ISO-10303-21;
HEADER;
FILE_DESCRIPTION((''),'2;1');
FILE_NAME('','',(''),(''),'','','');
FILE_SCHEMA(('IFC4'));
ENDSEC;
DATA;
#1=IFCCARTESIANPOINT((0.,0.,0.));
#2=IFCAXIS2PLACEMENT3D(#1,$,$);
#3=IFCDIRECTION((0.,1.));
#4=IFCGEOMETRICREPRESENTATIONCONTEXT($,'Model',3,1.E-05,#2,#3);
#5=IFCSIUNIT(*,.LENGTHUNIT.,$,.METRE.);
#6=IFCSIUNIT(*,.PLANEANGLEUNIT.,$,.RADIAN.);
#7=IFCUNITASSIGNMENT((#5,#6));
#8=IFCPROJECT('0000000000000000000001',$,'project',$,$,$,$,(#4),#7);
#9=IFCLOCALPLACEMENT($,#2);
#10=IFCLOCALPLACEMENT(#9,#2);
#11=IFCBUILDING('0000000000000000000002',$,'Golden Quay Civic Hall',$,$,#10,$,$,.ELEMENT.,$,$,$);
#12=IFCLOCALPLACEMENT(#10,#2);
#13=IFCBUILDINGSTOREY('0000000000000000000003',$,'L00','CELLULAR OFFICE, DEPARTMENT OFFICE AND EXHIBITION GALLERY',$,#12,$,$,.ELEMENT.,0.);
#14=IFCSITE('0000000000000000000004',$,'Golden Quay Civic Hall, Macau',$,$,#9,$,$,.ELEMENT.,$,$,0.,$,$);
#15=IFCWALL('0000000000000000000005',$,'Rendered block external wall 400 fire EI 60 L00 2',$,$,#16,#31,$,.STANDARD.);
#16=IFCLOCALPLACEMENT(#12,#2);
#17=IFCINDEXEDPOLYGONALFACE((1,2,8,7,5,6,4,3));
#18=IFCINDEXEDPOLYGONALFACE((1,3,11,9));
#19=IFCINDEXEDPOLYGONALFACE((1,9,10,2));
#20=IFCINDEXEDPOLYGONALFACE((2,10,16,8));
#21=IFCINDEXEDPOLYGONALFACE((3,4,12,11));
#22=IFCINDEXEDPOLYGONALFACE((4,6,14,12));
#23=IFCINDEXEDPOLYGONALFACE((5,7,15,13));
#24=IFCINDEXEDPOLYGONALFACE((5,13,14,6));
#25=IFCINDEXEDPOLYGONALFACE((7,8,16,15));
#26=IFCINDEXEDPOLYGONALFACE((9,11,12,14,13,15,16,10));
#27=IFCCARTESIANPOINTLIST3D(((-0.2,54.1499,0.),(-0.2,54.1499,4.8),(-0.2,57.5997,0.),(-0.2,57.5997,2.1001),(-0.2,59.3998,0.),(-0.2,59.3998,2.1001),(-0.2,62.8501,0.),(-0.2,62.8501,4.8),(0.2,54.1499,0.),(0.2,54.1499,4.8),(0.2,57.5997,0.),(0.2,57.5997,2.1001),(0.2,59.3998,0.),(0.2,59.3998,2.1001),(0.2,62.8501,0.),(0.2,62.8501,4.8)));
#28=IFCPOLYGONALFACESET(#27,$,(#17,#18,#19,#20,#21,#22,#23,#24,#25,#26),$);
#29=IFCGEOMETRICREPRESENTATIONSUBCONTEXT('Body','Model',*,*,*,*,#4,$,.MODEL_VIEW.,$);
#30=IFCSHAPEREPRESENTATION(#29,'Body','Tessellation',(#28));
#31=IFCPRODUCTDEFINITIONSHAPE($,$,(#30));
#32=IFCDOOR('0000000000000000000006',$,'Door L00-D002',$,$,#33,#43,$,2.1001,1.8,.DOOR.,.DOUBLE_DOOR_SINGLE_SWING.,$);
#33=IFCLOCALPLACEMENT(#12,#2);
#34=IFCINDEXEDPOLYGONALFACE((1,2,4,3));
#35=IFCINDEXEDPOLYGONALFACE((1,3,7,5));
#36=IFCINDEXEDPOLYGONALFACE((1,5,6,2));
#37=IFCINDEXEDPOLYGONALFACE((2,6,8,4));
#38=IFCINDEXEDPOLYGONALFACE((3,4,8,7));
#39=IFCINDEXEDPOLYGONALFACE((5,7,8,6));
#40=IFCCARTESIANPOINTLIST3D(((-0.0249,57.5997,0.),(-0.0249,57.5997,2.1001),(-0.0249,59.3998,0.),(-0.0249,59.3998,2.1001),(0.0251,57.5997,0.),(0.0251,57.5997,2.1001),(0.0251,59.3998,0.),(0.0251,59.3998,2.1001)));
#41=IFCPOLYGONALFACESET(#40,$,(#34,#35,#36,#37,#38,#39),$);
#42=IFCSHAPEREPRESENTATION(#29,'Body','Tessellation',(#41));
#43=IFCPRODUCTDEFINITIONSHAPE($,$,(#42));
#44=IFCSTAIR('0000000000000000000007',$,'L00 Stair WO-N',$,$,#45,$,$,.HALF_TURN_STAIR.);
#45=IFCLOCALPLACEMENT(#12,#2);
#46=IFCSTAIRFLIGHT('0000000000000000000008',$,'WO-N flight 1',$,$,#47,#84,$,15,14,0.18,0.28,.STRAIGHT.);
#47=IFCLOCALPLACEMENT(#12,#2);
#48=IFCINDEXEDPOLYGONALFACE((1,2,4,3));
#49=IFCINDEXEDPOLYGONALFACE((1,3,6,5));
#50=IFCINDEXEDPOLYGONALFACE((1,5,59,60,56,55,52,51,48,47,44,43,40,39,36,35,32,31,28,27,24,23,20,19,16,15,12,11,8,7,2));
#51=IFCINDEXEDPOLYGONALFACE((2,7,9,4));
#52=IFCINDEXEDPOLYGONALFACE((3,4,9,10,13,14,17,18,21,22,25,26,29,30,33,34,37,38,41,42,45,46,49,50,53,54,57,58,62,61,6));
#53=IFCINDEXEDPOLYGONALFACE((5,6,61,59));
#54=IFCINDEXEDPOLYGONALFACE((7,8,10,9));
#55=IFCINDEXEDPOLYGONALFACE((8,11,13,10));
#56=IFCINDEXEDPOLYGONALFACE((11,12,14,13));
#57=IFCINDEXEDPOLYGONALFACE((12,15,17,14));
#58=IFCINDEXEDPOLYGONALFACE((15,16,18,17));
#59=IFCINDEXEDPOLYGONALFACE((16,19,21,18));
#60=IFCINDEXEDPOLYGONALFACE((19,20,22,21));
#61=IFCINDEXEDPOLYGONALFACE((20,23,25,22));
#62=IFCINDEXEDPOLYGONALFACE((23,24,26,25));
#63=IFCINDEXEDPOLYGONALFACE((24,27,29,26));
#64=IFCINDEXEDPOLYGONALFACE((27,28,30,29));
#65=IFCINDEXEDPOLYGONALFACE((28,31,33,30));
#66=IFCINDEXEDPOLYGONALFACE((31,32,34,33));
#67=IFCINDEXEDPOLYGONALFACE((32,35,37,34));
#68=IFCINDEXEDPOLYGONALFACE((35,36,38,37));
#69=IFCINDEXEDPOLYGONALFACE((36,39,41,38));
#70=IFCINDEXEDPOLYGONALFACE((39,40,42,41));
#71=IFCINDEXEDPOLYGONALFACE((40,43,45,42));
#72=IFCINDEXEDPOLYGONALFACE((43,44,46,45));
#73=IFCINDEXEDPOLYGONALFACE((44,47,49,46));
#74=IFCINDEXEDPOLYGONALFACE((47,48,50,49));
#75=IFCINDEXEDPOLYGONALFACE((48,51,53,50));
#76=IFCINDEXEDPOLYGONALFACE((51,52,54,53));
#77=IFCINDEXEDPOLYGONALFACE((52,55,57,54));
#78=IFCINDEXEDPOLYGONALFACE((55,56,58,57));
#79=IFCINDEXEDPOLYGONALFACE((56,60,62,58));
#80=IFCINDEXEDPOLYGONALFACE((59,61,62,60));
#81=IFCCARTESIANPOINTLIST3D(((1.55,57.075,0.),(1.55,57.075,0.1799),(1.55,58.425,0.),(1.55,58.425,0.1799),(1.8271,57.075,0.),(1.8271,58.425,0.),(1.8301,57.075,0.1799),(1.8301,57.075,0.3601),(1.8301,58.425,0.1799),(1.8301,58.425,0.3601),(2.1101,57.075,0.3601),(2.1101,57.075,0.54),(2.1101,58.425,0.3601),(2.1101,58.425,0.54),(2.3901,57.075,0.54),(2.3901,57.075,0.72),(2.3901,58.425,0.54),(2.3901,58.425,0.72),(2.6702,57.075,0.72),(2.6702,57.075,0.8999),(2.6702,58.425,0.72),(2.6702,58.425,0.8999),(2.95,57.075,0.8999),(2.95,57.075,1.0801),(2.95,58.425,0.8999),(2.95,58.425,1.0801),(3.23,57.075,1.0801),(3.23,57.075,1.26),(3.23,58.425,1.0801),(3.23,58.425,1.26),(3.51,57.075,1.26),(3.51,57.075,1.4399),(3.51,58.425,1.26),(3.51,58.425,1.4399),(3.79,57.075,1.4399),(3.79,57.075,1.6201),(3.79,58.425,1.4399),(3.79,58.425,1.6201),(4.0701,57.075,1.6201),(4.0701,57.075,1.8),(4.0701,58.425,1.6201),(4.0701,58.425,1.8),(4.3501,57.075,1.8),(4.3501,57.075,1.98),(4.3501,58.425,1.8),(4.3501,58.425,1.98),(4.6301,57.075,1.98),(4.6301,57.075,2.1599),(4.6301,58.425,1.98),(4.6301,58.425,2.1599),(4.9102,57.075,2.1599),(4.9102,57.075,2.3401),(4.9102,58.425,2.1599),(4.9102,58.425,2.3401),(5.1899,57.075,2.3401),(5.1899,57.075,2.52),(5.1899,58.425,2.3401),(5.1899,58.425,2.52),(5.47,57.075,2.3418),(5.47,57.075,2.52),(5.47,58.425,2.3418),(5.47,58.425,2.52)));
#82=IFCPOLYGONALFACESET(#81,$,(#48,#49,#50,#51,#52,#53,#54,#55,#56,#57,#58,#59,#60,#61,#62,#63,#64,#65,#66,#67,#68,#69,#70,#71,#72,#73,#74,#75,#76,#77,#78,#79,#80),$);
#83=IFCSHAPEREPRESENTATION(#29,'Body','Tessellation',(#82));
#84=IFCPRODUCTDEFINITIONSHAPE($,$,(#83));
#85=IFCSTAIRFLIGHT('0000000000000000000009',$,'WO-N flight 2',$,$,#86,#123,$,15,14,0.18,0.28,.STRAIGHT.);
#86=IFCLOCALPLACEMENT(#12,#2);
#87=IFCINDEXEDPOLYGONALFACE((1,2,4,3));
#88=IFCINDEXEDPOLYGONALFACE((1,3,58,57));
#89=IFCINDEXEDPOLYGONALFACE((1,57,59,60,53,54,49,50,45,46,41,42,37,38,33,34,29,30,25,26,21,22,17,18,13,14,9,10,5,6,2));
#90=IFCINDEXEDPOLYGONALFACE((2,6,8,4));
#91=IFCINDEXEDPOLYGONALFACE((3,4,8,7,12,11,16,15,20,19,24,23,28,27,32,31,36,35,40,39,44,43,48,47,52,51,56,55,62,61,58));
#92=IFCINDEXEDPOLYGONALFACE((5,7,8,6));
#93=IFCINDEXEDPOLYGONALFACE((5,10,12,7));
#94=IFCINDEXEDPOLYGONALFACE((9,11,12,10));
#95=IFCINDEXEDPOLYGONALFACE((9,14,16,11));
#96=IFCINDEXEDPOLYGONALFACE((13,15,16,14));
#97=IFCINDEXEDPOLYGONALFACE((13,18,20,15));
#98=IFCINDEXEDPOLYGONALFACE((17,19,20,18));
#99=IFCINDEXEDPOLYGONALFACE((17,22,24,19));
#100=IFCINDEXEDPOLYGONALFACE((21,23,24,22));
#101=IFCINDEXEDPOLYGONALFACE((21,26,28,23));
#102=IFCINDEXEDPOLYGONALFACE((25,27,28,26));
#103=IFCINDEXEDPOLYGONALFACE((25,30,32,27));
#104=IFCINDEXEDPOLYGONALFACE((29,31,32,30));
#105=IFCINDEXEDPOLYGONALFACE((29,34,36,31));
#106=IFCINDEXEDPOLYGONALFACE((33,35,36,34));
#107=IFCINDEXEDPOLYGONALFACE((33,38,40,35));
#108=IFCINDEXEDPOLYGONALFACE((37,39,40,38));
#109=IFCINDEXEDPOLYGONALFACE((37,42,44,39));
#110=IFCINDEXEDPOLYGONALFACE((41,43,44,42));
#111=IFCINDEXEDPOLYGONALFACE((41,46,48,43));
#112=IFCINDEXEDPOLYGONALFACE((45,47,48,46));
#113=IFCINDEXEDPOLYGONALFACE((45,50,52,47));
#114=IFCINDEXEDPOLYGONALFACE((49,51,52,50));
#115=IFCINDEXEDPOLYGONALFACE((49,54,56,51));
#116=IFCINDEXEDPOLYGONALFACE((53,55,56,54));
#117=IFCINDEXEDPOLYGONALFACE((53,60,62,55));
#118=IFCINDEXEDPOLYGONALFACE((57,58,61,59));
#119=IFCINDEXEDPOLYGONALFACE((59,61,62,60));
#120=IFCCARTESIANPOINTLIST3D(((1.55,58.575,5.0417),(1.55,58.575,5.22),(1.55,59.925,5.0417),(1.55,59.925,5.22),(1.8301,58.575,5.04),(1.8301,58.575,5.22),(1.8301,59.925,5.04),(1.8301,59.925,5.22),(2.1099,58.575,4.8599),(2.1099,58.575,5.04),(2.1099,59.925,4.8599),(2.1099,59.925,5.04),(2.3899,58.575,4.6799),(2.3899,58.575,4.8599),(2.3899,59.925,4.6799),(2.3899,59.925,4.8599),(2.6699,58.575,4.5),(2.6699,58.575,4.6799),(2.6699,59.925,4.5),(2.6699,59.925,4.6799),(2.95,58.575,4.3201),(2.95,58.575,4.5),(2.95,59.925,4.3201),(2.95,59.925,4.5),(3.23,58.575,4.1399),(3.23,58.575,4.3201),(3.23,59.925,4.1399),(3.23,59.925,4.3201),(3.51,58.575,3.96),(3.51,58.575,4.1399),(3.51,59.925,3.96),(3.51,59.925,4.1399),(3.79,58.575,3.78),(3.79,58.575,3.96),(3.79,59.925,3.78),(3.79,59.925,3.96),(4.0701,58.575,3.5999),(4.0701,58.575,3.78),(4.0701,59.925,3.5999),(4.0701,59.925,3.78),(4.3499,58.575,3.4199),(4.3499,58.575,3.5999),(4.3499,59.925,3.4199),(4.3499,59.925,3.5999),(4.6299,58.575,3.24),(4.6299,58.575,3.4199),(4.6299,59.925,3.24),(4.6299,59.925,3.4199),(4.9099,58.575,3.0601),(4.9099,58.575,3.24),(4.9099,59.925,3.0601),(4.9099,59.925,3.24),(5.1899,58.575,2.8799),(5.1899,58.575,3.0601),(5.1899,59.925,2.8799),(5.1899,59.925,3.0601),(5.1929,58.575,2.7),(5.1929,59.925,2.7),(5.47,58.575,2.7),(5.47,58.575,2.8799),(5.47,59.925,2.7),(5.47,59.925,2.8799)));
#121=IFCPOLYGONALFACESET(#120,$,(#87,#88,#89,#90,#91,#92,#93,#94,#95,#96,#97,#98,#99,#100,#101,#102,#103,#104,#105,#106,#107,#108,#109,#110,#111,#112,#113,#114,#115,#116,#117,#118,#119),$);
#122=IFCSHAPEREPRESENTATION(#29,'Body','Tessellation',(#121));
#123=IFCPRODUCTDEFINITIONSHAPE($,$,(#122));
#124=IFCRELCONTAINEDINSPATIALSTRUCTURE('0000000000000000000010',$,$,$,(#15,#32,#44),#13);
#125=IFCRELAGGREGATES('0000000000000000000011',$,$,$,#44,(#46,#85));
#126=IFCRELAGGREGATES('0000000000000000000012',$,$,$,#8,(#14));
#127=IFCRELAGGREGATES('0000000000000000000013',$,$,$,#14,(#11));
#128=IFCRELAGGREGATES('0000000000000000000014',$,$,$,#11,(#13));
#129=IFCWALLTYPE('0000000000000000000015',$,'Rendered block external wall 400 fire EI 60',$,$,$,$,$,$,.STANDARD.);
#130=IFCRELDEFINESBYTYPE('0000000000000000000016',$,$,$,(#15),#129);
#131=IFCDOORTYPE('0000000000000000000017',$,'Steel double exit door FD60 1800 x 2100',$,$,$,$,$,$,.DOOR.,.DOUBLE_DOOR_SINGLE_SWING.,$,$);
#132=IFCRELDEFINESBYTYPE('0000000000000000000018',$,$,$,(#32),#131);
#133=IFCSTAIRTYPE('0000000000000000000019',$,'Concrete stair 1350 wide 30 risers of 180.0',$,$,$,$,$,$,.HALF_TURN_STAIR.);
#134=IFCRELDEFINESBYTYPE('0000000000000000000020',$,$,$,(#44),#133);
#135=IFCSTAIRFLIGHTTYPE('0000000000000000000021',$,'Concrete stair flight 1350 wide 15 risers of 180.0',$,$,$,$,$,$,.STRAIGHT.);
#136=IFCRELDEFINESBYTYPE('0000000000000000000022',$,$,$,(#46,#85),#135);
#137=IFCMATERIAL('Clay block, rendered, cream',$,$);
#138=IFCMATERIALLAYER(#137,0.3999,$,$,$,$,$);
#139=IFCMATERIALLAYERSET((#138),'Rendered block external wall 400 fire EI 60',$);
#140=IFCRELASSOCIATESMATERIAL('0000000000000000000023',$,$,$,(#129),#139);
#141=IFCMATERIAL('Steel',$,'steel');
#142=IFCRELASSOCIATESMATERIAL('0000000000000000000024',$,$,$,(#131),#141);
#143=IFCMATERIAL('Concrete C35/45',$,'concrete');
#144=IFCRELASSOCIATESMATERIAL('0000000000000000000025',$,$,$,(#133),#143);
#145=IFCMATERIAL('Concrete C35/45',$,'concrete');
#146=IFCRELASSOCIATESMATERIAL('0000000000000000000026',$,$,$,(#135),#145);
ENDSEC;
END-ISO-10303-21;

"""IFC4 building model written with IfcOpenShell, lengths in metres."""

from ifc_helpers import new_model, si_unit, direction, frame, frame_2d, origin, place, context, subcontext, project, spatial, polyline, rectangle, outline, extrude, material, layer, layer_set, type_object, element, fill, aggregate, save


model = new_model("IFC4")

# Units and contexts
model_context = context("Model", 3, precision=1e-05, world=origin(), true_north=direction((0.0, 1.0)))
body_context = subcontext(model_context, "Body", "Model", "MODEL_VIEW")
ifc_project = project(units=[si_unit("LENGTHUNIT", "METRE"), si_unit("PLANEANGLEUNIT", "RADIAN")], contexts=[model_context])

# Site, building, storey
site_placement = place(None, origin())
site = spatial("IfcSite", under=ifc_project, at=site_placement, Name="Golden Quay Civic Hall, Macau", CompositionType="ELEMENT", RefElevation=0.0)
building_placement = place(site_placement, origin())
building = spatial("IfcBuilding", under=site, at=building_placement, Name="Golden Quay Civic Hall", CompositionType="ELEMENT")
storey_placement = place(building_placement, origin())
storey = spatial("IfcBuildingStorey", under=building, at=storey_placement, Name="L00", Description="CELLULAR OFFICE, DEPARTMENT OFFICE AND EXHIBITION GALLERY", CompositionType="ELEMENT", Elevation=0.0)

# Wall, opening, door
ifc_material_1 = material(Name="Clay block, rendered, cream")
ifc_layer_1 = layer(ifc_material_1, 0.3999)
ifc_layer_set_1 = layer_set([ifc_layer_1], Name="Rendered block external wall 400 fire EI 60")
wall_type_1 = type_object("IfcWallType", Name="Rendered block external wall 400 fire EI 60", PredefinedType="STANDARD", material=ifc_layer_set_1)
wall_1_placement = place(storey_placement, frame((0.0, 54.1499, 0.0), z_axis=(0.0, 0.0, 1.0), x_axis=(0.0, 1.0, 0.0)))
wall_1 = element("IfcWall", 1, at=wall_1_placement, inside=storey, type_object=wall_type_1, Name="Rendered block external wall 400 fire EI 60 L00 2", PredefinedType="STANDARD", context=body_context, shape_type="SweptSolid", body=[
    extrude(rectangle(XDim=8.7002, YDim=0.3999, at=frame_2d((4.3501, 0.0))), origin(), (0.0, 0.0, 1.0), 4.8),
])
opening_1_placement = place(wall_1_placement, frame((3.45, 0.0, 0.0)))
opening_1 = element("IfcOpeningElement", 2, at=opening_1_placement, cuts=wall_1, PredefinedType="OPENING", context=body_context, shape_type="SweptSolid", body=[
    extrude(rectangle(XDim=1.8, YDim=2.1001, at=frame_2d((0.8999, 1.05))), frame((0.0, 0.21, 0.0), z_axis=(0.0, -1.0, 0.0), x_axis=(1.0, 0.0, 0.0)), (0.0, 0.0, 1.0), 0.4199),
])
ifc_material_2 = material(Name="Steel", Category="steel")
door_type_1 = type_object("IfcDoorType", Name="Steel double exit door FD60 1800 x 2100", OperationType="DOUBLE_DOOR_SINGLE_SWING", PredefinedType="DOOR", material=ifc_material_2)
door_1_placement = place(opening_1_placement, origin())
door_1 = element("IfcDoor", 3, at=door_1_placement, inside=storey, type_object=door_type_1, Name="Door L00-D002", OperationType="DOUBLE_DOOR_SINGLE_SWING", OverallHeight=2.1001, OverallWidth=1.8, PredefinedType="DOOR", context=body_context, shape_type="SweptSolid", body=[
    extrude(rectangle(XDim=1.8, YDim=2.1001, at=frame_2d((0.8999, 1.05))), frame((0.0, 0.0249, 0.0), z_axis=(0.0, -1.0, 0.0), x_axis=(1.0, 0.0, 0.0)), (0.0, 0.0, 1.0), 0.05),
])
fill(opening_1, door_1)

# Stair, stair flights
ifc_material_3 = material(Name="Concrete C35/45", Category="concrete")
stair_type = type_object("IfcStairType", Name="Concrete stair 1350 wide 30 risers of 180.0", PredefinedType="HALF_TURN_STAIR", material=ifc_material_3)
stair_placement = place(storey_placement, origin())
stair = element("IfcStair", 4, at=stair_placement, inside=storey, type_object=stair_type, Name="L00 Stair WO-N", PredefinedType="HALF_TURN_STAIR")
ifc_material_4 = material(Name="Concrete C35/45", Category="concrete")
stair_flight_type = type_object("IfcStairFlightType", Name="Concrete stair flight 1350 wide 15 risers of 180.0", PredefinedType="STRAIGHT", material=ifc_material_4)
stair_flight_1_placement = place(storey_placement, frame((1.55, 57.75, 0.0), z_axis=(0.0, 0.0, 1.0), x_axis=(1.0, 0.0, 0.0)))
stair_flight_1 = element("IfcStairFlight", 5, at=stair_flight_1_placement, type_object=stair_flight_type, Name="WO-N flight 1", NumberOfRisers=15, NumberOfTreads=14, PredefinedType="STRAIGHT", RiserHeight=0.18, TreadLength=0.28, context=body_context, shape_type="SweptSolid", body=[
    extrude(outline(polyline([(0.0, 0.0), (0.0, 0.1799), (0.28, 0.1799), (0.28, 0.3601), (0.5601, 0.3601), (0.5601, 0.54), (0.8401, 0.54), (0.8401, 0.72), (1.1201, 0.72), (1.1201, 0.8999), (1.3999, 0.8999), (1.3999, 1.0801), (1.6799, 1.0801), (1.6799, 1.26), (1.96, 1.26), (1.96, 1.4399), (2.24, 1.4399), (2.24, 1.6201), (2.52, 1.6201), (2.52, 1.8), (2.8, 1.8), (2.8, 1.98), (3.0801, 1.98), (3.0801, 2.1599), (3.3601, 2.1599), (3.3601, 2.3401), (3.6399, 2.3401), (3.6399, 2.52), (3.9199, 2.52), (3.9199, 2.7), (3.9199, 2.3418), (0.2771, 0.0), (0.0, 0.0)])), frame((0.0, 0.675, 0.0), z_axis=(0.0, -1.0, 0.0), x_axis=(1.0, 0.0, 0.0)), (0.0, 0.0, 1.0), 1.35),
])
stair_flight_2_placement = place(storey_placement, frame((5.47, 59.25, 2.7), z_axis=(0.0, 0.0, 1.0), x_axis=(-1.0, 0.0, 0.0)))
stair_flight_2 = element("IfcStairFlight", 6, at=stair_flight_2_placement, type_object=stair_flight_type, Name="WO-N flight 2", NumberOfRisers=15, NumberOfTreads=14, PredefinedType="STRAIGHT", RiserHeight=0.18, TreadLength=0.28, context=body_context, shape_type="SweptSolid", body=[
    extrude(outline(polyline([(0.0, 0.0), (0.0, 0.1799), (0.28, 0.1799), (0.28, 0.3601), (0.5601, 0.3601), (0.5601, 0.54), (0.8401, 0.54), (0.8401, 0.72), (1.1201, 0.72), (1.1201, 0.8999), (1.3999, 0.8999), (1.3999, 1.0801), (1.6799, 1.0801), (1.6799, 1.26), (1.96, 1.26), (1.96, 1.4399), (2.24, 1.4399), (2.24, 1.6201), (2.52, 1.6201), (2.52, 1.8), (2.8, 1.8), (2.8, 1.98), (3.0801, 1.98), (3.0801, 2.1599), (3.3601, 2.1599), (3.3601, 2.3401), (3.6399, 2.3401), (3.6399, 2.52), (3.9199, 2.52), (3.9199, 2.7), (3.9199, 2.3418), (0.2771, 0.0), (0.0, 0.0)])), frame((0.0, 0.675, 0.0), z_axis=(0.0, -1.0, 0.0), x_axis=(1.0, 0.0, 0.0)), (0.0, 0.0, 1.0), 1.35),
])
aggregate(stair, [stair_flight_1, stair_flight_2])

save(model, "model.ifc")
